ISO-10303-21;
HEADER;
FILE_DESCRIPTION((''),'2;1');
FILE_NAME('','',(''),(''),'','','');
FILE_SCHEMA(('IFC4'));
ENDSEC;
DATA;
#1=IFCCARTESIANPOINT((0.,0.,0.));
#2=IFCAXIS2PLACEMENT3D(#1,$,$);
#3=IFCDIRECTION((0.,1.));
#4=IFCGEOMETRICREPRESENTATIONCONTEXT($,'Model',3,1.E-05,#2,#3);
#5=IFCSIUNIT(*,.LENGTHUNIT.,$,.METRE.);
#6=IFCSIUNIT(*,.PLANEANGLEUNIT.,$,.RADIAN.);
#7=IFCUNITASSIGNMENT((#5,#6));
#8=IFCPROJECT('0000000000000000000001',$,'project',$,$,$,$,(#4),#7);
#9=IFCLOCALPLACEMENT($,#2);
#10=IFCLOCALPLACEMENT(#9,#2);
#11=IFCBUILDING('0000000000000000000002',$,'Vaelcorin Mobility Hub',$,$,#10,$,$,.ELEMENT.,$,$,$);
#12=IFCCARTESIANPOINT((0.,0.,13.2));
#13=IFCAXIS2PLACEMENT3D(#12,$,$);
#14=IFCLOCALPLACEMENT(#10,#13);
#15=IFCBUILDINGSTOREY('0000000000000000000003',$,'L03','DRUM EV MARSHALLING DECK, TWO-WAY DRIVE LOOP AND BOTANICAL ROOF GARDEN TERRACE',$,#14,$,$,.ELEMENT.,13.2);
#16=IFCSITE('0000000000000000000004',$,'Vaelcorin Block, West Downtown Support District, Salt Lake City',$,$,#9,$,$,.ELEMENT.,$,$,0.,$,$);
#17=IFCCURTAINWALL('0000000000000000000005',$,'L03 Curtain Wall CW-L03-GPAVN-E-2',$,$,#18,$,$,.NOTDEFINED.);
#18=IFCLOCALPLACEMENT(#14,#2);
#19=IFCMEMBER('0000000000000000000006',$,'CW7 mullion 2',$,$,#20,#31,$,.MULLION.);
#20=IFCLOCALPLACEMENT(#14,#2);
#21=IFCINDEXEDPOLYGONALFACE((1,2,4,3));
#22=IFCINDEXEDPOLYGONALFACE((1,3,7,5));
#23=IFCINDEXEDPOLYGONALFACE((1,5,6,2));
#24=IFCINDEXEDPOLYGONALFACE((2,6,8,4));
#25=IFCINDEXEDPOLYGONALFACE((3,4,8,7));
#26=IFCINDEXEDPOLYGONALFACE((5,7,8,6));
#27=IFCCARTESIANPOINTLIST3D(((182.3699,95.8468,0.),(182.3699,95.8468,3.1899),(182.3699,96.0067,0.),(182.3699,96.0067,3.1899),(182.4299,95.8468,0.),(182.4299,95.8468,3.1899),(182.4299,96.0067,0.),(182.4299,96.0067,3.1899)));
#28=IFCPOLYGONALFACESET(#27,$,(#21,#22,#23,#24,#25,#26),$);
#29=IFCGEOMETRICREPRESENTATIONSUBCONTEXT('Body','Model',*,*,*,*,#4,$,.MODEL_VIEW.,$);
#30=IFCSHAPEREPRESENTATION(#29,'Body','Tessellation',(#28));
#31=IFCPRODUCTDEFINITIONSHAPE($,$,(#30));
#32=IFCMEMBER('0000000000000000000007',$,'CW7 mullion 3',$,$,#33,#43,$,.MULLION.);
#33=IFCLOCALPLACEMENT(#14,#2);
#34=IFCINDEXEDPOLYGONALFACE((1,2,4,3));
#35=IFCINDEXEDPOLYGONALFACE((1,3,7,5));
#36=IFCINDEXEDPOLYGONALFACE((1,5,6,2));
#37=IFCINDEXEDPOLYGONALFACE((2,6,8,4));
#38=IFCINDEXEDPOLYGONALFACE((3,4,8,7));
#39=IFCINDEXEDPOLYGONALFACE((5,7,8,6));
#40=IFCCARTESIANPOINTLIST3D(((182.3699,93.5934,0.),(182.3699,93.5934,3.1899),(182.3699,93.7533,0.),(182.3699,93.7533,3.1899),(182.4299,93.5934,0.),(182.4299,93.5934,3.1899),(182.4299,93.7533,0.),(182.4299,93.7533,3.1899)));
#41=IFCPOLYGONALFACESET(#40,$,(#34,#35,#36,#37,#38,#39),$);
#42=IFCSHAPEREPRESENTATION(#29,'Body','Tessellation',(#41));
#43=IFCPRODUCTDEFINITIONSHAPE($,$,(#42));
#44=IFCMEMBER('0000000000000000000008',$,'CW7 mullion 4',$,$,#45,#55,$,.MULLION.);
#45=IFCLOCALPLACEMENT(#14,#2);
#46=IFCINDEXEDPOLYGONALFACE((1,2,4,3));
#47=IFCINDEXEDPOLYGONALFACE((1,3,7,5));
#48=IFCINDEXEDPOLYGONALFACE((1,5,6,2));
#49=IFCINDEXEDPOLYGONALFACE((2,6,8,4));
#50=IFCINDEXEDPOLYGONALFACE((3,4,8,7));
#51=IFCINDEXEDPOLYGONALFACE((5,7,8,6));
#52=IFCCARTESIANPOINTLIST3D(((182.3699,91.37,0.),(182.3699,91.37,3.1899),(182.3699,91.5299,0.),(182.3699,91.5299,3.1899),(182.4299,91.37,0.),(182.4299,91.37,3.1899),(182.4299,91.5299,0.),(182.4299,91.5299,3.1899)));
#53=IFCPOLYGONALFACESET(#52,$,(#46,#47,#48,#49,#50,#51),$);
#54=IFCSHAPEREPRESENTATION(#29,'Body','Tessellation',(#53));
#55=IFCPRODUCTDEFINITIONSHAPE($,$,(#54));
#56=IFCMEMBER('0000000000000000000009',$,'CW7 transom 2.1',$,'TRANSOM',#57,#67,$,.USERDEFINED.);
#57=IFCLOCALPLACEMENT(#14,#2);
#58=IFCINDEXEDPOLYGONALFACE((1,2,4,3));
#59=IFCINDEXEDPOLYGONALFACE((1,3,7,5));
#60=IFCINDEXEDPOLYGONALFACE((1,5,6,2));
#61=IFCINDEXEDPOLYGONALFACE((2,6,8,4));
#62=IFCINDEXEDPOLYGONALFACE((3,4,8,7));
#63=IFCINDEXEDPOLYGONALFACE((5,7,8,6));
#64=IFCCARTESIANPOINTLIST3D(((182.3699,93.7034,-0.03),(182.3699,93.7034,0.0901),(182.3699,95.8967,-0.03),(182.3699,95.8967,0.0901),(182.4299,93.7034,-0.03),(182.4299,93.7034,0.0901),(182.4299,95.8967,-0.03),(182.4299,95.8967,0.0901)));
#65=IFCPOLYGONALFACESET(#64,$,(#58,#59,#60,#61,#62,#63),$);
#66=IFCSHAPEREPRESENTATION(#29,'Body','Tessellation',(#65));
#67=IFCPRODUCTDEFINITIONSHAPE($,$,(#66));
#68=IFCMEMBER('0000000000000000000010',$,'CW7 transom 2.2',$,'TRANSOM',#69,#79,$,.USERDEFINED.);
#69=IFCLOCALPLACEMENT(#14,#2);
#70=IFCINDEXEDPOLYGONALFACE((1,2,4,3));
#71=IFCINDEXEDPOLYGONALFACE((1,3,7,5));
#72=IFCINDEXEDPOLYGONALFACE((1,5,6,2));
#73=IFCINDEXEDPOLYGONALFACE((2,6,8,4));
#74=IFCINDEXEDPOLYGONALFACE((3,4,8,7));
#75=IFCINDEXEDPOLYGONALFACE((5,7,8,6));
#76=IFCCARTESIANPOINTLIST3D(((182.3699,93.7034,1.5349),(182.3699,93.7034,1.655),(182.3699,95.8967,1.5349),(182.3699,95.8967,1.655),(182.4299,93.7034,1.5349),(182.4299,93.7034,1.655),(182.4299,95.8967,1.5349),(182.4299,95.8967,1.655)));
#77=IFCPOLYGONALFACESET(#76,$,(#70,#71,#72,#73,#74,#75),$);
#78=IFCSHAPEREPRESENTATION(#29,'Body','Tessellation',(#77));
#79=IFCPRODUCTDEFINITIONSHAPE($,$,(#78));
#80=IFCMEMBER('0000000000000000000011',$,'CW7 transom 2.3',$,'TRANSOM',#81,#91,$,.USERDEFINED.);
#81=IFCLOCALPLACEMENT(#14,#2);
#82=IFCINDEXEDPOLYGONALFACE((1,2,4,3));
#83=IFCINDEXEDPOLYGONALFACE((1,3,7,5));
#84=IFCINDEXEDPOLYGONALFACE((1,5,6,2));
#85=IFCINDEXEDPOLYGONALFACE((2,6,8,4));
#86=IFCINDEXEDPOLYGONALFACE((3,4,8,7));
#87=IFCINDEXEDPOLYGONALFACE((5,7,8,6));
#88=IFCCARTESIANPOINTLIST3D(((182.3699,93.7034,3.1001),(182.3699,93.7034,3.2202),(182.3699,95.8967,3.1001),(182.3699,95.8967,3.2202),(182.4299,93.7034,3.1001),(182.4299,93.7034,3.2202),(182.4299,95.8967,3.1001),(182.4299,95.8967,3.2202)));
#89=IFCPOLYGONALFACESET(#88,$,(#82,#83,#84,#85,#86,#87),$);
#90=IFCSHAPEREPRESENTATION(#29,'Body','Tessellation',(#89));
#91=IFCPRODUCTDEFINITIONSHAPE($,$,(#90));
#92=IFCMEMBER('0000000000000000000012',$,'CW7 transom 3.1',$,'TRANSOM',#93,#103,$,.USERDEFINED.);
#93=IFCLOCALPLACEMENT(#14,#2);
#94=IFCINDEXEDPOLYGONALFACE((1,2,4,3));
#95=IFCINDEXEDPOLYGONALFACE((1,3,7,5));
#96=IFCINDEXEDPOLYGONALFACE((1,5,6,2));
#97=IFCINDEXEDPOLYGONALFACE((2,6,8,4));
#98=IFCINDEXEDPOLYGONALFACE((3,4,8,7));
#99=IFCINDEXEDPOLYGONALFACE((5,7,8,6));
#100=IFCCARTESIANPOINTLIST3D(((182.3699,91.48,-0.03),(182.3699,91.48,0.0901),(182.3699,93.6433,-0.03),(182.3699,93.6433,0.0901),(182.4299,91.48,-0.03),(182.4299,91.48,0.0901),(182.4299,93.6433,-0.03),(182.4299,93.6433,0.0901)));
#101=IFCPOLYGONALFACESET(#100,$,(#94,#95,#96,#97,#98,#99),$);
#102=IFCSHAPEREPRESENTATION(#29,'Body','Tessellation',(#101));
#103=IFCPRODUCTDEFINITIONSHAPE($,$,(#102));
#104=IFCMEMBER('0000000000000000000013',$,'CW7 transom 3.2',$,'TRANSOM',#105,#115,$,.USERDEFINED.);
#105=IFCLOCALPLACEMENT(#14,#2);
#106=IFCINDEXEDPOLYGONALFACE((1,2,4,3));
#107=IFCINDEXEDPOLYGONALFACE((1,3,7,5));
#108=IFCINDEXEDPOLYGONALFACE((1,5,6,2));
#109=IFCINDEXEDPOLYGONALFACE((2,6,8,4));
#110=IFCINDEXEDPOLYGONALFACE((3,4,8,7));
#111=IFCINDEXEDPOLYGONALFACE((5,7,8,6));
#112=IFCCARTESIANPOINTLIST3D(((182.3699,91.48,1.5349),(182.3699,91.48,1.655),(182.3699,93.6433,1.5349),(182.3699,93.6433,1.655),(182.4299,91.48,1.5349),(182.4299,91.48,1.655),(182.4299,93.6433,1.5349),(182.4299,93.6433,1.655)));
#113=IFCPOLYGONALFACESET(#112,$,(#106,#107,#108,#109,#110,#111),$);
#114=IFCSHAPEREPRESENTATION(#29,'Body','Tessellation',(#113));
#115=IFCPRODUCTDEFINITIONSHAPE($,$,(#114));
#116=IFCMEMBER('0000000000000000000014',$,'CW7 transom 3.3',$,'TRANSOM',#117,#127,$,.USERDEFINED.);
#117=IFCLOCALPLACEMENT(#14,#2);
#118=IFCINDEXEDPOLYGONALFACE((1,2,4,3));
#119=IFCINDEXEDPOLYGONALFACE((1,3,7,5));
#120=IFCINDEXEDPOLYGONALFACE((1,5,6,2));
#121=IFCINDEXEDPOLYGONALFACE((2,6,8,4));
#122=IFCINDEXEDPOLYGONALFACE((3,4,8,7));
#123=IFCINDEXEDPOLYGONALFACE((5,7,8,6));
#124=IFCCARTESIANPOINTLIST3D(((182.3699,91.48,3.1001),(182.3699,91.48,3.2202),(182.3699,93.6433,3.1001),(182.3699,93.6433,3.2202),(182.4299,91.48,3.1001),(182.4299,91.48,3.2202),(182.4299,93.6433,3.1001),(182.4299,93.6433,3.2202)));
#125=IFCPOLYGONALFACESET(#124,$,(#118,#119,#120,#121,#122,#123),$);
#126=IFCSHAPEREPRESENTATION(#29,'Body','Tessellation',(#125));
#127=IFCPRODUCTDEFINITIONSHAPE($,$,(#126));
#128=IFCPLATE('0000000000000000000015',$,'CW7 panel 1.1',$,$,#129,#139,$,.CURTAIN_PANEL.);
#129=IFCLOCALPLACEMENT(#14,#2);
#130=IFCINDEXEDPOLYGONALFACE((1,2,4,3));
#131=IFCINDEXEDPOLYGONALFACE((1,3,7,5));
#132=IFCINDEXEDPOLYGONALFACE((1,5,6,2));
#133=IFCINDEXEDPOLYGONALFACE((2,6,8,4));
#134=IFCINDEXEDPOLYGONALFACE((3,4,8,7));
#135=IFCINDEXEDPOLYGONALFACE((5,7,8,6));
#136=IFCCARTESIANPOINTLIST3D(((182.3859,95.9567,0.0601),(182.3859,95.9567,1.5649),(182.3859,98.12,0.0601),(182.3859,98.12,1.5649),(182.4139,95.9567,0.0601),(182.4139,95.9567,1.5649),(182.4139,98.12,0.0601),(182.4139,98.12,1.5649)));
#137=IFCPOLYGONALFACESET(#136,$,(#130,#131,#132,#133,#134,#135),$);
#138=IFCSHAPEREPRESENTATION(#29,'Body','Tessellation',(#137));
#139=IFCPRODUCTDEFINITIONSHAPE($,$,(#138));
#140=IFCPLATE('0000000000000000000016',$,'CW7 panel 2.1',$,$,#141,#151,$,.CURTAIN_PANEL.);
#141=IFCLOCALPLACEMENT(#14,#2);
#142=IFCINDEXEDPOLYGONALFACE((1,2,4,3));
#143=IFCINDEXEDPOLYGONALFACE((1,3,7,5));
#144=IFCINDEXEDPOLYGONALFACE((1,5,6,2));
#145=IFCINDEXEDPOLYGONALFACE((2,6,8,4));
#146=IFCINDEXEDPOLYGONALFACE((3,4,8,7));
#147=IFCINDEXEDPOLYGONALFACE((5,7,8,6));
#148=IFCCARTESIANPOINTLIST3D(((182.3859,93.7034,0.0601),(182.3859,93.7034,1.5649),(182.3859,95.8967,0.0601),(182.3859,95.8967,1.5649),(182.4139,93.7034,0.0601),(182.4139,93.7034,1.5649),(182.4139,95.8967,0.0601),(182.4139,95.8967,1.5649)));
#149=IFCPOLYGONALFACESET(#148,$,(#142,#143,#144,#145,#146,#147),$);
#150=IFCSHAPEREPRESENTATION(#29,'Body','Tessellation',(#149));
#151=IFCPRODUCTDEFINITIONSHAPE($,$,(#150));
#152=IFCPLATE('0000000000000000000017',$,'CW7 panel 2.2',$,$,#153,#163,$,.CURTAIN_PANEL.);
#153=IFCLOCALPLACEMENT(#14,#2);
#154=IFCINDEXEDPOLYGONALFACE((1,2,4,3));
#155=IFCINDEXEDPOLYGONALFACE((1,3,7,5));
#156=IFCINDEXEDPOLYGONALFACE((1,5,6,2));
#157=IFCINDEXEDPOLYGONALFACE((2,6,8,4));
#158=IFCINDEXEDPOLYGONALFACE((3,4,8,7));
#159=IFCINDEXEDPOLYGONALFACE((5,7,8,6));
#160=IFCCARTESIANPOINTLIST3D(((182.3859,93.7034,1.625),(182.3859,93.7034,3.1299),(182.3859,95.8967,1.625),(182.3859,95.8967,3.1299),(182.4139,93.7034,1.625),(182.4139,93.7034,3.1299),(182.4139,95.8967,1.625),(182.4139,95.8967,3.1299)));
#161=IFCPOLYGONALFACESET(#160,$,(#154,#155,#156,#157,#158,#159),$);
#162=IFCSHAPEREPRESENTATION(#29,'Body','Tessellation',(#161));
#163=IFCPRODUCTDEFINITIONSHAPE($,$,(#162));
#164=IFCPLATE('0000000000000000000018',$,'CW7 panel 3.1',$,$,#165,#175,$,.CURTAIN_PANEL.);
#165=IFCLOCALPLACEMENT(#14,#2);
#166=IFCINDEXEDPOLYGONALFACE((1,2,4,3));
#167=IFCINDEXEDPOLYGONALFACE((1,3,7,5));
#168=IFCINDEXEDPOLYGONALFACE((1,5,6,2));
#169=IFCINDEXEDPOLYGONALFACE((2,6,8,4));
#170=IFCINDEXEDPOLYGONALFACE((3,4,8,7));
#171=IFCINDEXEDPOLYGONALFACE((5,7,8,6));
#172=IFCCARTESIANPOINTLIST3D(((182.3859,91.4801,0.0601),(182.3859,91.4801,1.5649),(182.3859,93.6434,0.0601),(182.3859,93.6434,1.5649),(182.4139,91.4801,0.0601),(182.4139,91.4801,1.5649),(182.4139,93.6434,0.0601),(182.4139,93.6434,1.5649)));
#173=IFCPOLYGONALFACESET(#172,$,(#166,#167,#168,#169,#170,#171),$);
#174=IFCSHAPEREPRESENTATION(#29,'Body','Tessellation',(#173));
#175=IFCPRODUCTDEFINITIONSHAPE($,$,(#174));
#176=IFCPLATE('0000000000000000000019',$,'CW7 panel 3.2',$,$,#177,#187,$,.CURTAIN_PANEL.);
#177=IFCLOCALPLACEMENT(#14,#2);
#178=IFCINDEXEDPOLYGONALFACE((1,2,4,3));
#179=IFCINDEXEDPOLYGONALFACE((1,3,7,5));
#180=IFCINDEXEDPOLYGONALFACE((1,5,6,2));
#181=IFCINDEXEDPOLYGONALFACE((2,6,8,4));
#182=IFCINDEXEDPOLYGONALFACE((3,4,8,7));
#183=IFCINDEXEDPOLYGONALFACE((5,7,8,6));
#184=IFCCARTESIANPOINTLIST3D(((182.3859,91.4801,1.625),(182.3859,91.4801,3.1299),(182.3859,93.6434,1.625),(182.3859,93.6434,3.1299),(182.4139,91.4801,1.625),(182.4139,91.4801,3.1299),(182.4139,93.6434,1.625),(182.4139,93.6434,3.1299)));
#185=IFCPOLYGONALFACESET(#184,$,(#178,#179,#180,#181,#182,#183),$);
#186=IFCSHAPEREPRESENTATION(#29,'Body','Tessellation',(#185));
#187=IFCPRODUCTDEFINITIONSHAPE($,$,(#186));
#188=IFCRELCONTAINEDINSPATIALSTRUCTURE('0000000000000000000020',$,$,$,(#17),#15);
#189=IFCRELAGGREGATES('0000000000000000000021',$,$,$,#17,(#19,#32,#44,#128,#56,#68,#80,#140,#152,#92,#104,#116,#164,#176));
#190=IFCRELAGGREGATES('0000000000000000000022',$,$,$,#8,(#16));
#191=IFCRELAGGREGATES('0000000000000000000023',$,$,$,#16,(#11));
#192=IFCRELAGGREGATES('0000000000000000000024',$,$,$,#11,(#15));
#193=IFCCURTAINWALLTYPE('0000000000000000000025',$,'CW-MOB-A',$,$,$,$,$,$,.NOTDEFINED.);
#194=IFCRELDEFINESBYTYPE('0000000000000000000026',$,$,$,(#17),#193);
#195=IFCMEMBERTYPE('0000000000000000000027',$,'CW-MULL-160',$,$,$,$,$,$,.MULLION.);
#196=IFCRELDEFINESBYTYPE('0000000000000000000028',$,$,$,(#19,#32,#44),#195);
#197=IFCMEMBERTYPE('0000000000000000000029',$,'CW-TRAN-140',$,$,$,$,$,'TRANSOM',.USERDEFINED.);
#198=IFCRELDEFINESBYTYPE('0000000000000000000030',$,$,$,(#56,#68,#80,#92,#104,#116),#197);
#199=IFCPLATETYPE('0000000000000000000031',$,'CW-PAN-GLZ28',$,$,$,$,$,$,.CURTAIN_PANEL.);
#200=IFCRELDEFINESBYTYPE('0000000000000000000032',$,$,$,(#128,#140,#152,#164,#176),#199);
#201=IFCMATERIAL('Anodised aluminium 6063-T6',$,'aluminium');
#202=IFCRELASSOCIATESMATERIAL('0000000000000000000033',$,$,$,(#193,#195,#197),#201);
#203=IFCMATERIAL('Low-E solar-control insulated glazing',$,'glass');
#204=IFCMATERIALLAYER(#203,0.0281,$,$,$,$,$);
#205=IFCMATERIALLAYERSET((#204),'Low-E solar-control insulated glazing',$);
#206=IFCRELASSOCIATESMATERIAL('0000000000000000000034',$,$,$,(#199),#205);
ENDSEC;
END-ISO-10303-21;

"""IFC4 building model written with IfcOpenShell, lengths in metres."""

from ifc_helpers import new_model, si_unit, direction, frame, origin, origin_2d, place, context, subcontext, project, spatial, rectangle, extrude, material, layer, layer_set, material_profile, profile_set, type_object, element, aggregate, save


model = new_model("IFC4")

# Units and contexts
model_context = context("Model", 3, precision=1e-05, world=origin(), true_north=direction((0.0, 1.0)))
body_context = subcontext(model_context, "Body", "Model", "MODEL_VIEW")
ifc_project = project(units=[si_unit("LENGTHUNIT", "METRE"), si_unit("PLANEANGLEUNIT", "RADIAN")], contexts=[model_context])

# Site, building, storey
site_placement = place(None, origin())
site = spatial("IfcSite", under=ifc_project, at=site_placement, Name="Vaelcorin Block, West Downtown Support District, Salt Lake City", CompositionType="ELEMENT", RefElevation=0.0)
building_placement = place(site_placement, origin())
building = spatial("IfcBuilding", under=site, at=building_placement, Name="Vaelcorin Mobility Hub", CompositionType="ELEMENT")
storey_placement = place(building_placement, frame((0.0, 0.0, 13.2)))
storey = spatial("IfcBuildingStorey", under=building, at=storey_placement, Name="L03", Description="DRUM EV MARSHALLING DECK, TWO-WAY DRIVE LOOP AND BOTANICAL ROOF GARDEN TERRACE", CompositionType="ELEMENT", Elevation=13.2)

# Curtain wall, members, plates
ifc_material_1 = material(Name="Anodised aluminium 6063-T6", Category="aluminium")
curtain_wall_type = type_object("IfcCurtainWallType", Name="CW-MOB-A", PredefinedType="NOTDEFINED", material=ifc_material_1)
curtain_wall_placement = place(storey_placement, origin())
curtain_wall = element("IfcCurtainWall", 1, at=curtain_wall_placement, inside=storey, type_object=curtain_wall_type, Name="L03 Curtain Wall CW-L03-GPAVN-E-2", PredefinedType="NOTDEFINED")
ifc_material_profile_1 = material_profile(ifc_material_1, rectangle(XDim=0.0601, YDim=0.1599, at=origin_2d()), Name="ALU-M60X160")
ifc_profile_set_1 = profile_set([ifc_material_profile_1], Name="Anodised aluminium 6063-T6")
member_type_1 = type_object("IfcMemberType", Name="CW-MULL-160", PredefinedType="MULLION", material=ifc_profile_set_1)
member_1_placement = place(storey_placement, frame((182.3999, 95.9268, 0.0), z_axis=(0.0, 0.0, 1.0), x_axis=(1.0, 0.0, 0.0)))
member_1 = element("IfcMember", 2, at=member_1_placement, type_object=member_type_1, Name="CW7 mullion 2", PredefinedType="MULLION", context=body_context, shape_type="SweptSolid", body=[
    extrude(rectangle(XDim=0.0601, YDim=0.1599, at=origin_2d()), origin(), (0.0, 0.0, 1.0), 3.1899),
])
member_2_placement = place(storey_placement, frame((182.3999, 93.6733, 0.0), z_axis=(0.0, 0.0, 1.0), x_axis=(1.0, 0.0, 0.0)))
member_2 = element("IfcMember", 3, at=member_2_placement, type_object=member_type_1, Name="CW7 mullion 3", PredefinedType="MULLION", context=body_context, shape_type="SweptSolid", body=[
    extrude(rectangle(XDim=0.0601, YDim=0.1599, at=origin_2d()), origin(), (0.0, 0.0, 1.0), 3.1899),
])
member_3_placement = place(storey_placement, frame((182.3999, 91.45, 0.0), z_axis=(0.0, 0.0, 1.0), x_axis=(1.0, 0.0, 0.0)))
member_3 = element("IfcMember", 4, at=member_3_placement, type_object=member_type_1, Name="CW7 mullion 4", PredefinedType="MULLION", context=body_context, shape_type="SweptSolid", body=[
    extrude(rectangle(XDim=0.0601, YDim=0.1599, at=origin_2d()), origin(), (0.0, 0.0, 1.0), 3.1899),
])
ifc_material_profile_2 = material_profile(ifc_material_1, rectangle(XDim=0.0601, YDim=0.1201, at=origin_2d()), Name="ALU-T60X120")
ifc_profile_set_2 = profile_set([ifc_material_profile_2], Name="Anodised aluminium 6063-T6")
member_type_2 = type_object("IfcMemberType", Name="CW-TRAN-140", ElementType="TRANSOM", PredefinedType="USERDEFINED", material=ifc_profile_set_2)
member_4_placement = place(storey_placement, frame((182.3999, 95.8967, 0.03), z_axis=(0.0, -1.0, 0.0), x_axis=(1.0, 0.0, 0.0)))
member_4 = element("IfcMember", 5, at=member_4_placement, type_object=member_type_2, Name="CW7 transom 2.1", ObjectType="TRANSOM", PredefinedType="USERDEFINED", context=body_context, shape_type="SweptSolid", body=[
    extrude(rectangle(XDim=0.0601, YDim=0.1201, at=origin_2d()), origin(), (0.0, 0.0, 1.0), 2.1934),
])
member_5_placement = place(storey_placement, frame((182.3999, 95.8967, 1.595), z_axis=(0.0, -1.0, 0.0), x_axis=(1.0, 0.0, 0.0)))
member_5 = element("IfcMember", 6, at=member_5_placement, type_object=member_type_2, Name="CW7 transom 2.2", ObjectType="TRANSOM", PredefinedType="USERDEFINED", context=body_context, shape_type="SweptSolid", body=[
    extrude(rectangle(XDim=0.0601, YDim=0.1201, at=origin_2d()), origin(), (0.0, 0.0, 1.0), 2.1934),
])
member_6_placement = place(storey_placement, frame((182.3999, 95.8967, 3.1602), z_axis=(0.0, -1.0, 0.0), x_axis=(1.0, 0.0, 0.0)))
member_6 = element("IfcMember", 7, at=member_6_placement, type_object=member_type_2, Name="CW7 transom 2.3", ObjectType="TRANSOM", PredefinedType="USERDEFINED", context=body_context, shape_type="SweptSolid", body=[
    extrude(rectangle(XDim=0.0601, YDim=0.1201, at=origin_2d()), origin(), (0.0, 0.0, 1.0), 2.1934),
])
member_7_placement = place(storey_placement, frame((182.3999, 93.6433, 0.03), z_axis=(0.0, -1.0, 0.0), x_axis=(1.0, 0.0, 0.0)))
member_7 = element("IfcMember", 8, at=member_7_placement, type_object=member_type_2, Name="CW7 transom 3.1", ObjectType="TRANSOM", PredefinedType="USERDEFINED", context=body_context, shape_type="SweptSolid", body=[
    extrude(rectangle(XDim=0.0601, YDim=0.1201, at=origin_2d()), origin(), (0.0, 0.0, 1.0), 2.1633),
])
member_8_placement = place(storey_placement, frame((182.3999, 93.6433, 1.595), z_axis=(0.0, -1.0, 0.0), x_axis=(1.0, 0.0, 0.0)))
member_8 = element("IfcMember", 9, at=member_8_placement, type_object=member_type_2, Name="CW7 transom 3.2", ObjectType="TRANSOM", PredefinedType="USERDEFINED", context=body_context, shape_type="SweptSolid", body=[
    extrude(rectangle(XDim=0.0601, YDim=0.1201, at=origin_2d()), origin(), (0.0, 0.0, 1.0), 2.1633),
])
member_9_placement = place(storey_placement, frame((182.3999, 93.6433, 3.1602), z_axis=(0.0, -1.0, 0.0), x_axis=(1.0, 0.0, 0.0)))
member_9 = element("IfcMember", 10, at=member_9_placement, type_object=member_type_2, Name="CW7 transom 3.3", ObjectType="TRANSOM", PredefinedType="USERDEFINED", context=body_context, shape_type="SweptSolid", body=[
    extrude(rectangle(XDim=0.0601, YDim=0.1201, at=origin_2d()), origin(), (0.0, 0.0, 1.0), 2.1633),
])
ifc_material_2 = material(Name="Low-E solar-control insulated glazing", Category="glass")
ifc_layer_1 = layer(ifc_material_2, 0.0281)
ifc_layer_set_1 = layer_set([ifc_layer_1], Name="Low-E solar-control insulated glazing")
plate_type = type_object("IfcPlateType", Name="CW-PAN-GLZ28", PredefinedType="CURTAIN_PANEL", material=ifc_layer_set_1)
plate_1_placement = place(storey_placement, frame((182.3999, 97.0383, 0.0601), z_axis=(0.0, 0.0, 1.0), x_axis=(0.0, -1.0, 0.0)))
plate_1 = element("IfcPlate", 11, at=plate_1_placement, type_object=plate_type, Name="CW7 panel 1.1", PredefinedType="CURTAIN_PANEL", context=body_context, shape_type="SweptSolid", body=[
    extrude(rectangle(XDim=2.1633, YDim=0.0281, at=origin_2d()), origin(), (0.0, 0.0, 1.0), 1.5049),
])
plate_2_placement = place(storey_placement, frame((182.3999, 94.8, 0.0601), z_axis=(0.0, 0.0, 1.0), x_axis=(0.0, -1.0, 0.0)))
plate_2 = element("IfcPlate", 12, at=plate_2_placement, type_object=plate_type, Name="CW7 panel 2.1", PredefinedType="CURTAIN_PANEL", context=body_context, shape_type="SweptSolid", body=[
    extrude(rectangle(XDim=2.1934, YDim=0.0281, at=origin_2d()), origin(), (0.0, 0.0, 1.0), 1.5049),
])
plate_3_placement = place(storey_placement, frame((182.3999, 94.8, 1.625), z_axis=(0.0, 0.0, 1.0), x_axis=(0.0, -1.0, 0.0)))
plate_3 = element("IfcPlate", 13, at=plate_3_placement, type_object=plate_type, Name="CW7 panel 2.2", PredefinedType="CURTAIN_PANEL", context=body_context, shape_type="SweptSolid", body=[
    extrude(rectangle(XDim=2.1934, YDim=0.0281, at=origin_2d()), origin(), (0.0, 0.0, 1.0), 1.5049),
])
plate_4_placement = place(storey_placement, frame((182.3999, 92.5618, 0.0601), z_axis=(0.0, 0.0, 1.0), x_axis=(0.0, -1.0, 0.0)))
plate_4 = element("IfcPlate", 14, at=plate_4_placement, type_object=plate_type, Name="CW7 panel 3.1", PredefinedType="CURTAIN_PANEL", context=body_context, shape_type="SweptSolid", body=[
    extrude(rectangle(XDim=2.1633, YDim=0.0281, at=origin_2d()), origin(), (0.0, 0.0, 1.0), 1.5049),
])
plate_5_placement = place(storey_placement, frame((182.3999, 92.5618, 1.625), z_axis=(0.0, 0.0, 1.0), x_axis=(0.0, -1.0, 0.0)))
plate_5 = element("IfcPlate", 15, at=plate_5_placement, type_object=plate_type, Name="CW7 panel 3.2", PredefinedType="CURTAIN_PANEL", context=body_context, shape_type="SweptSolid", body=[
    extrude(rectangle(XDim=2.1633, YDim=0.0281, at=origin_2d()), origin(), (0.0, 0.0, 1.0), 1.5049),
])
aggregate(curtain_wall, [member_1, member_2, member_3, plate_1, member_4, member_5, member_6, plate_2, plate_3, member_7, member_8, member_9, plate_4, plate_5])

save(model, "model.ifc")
